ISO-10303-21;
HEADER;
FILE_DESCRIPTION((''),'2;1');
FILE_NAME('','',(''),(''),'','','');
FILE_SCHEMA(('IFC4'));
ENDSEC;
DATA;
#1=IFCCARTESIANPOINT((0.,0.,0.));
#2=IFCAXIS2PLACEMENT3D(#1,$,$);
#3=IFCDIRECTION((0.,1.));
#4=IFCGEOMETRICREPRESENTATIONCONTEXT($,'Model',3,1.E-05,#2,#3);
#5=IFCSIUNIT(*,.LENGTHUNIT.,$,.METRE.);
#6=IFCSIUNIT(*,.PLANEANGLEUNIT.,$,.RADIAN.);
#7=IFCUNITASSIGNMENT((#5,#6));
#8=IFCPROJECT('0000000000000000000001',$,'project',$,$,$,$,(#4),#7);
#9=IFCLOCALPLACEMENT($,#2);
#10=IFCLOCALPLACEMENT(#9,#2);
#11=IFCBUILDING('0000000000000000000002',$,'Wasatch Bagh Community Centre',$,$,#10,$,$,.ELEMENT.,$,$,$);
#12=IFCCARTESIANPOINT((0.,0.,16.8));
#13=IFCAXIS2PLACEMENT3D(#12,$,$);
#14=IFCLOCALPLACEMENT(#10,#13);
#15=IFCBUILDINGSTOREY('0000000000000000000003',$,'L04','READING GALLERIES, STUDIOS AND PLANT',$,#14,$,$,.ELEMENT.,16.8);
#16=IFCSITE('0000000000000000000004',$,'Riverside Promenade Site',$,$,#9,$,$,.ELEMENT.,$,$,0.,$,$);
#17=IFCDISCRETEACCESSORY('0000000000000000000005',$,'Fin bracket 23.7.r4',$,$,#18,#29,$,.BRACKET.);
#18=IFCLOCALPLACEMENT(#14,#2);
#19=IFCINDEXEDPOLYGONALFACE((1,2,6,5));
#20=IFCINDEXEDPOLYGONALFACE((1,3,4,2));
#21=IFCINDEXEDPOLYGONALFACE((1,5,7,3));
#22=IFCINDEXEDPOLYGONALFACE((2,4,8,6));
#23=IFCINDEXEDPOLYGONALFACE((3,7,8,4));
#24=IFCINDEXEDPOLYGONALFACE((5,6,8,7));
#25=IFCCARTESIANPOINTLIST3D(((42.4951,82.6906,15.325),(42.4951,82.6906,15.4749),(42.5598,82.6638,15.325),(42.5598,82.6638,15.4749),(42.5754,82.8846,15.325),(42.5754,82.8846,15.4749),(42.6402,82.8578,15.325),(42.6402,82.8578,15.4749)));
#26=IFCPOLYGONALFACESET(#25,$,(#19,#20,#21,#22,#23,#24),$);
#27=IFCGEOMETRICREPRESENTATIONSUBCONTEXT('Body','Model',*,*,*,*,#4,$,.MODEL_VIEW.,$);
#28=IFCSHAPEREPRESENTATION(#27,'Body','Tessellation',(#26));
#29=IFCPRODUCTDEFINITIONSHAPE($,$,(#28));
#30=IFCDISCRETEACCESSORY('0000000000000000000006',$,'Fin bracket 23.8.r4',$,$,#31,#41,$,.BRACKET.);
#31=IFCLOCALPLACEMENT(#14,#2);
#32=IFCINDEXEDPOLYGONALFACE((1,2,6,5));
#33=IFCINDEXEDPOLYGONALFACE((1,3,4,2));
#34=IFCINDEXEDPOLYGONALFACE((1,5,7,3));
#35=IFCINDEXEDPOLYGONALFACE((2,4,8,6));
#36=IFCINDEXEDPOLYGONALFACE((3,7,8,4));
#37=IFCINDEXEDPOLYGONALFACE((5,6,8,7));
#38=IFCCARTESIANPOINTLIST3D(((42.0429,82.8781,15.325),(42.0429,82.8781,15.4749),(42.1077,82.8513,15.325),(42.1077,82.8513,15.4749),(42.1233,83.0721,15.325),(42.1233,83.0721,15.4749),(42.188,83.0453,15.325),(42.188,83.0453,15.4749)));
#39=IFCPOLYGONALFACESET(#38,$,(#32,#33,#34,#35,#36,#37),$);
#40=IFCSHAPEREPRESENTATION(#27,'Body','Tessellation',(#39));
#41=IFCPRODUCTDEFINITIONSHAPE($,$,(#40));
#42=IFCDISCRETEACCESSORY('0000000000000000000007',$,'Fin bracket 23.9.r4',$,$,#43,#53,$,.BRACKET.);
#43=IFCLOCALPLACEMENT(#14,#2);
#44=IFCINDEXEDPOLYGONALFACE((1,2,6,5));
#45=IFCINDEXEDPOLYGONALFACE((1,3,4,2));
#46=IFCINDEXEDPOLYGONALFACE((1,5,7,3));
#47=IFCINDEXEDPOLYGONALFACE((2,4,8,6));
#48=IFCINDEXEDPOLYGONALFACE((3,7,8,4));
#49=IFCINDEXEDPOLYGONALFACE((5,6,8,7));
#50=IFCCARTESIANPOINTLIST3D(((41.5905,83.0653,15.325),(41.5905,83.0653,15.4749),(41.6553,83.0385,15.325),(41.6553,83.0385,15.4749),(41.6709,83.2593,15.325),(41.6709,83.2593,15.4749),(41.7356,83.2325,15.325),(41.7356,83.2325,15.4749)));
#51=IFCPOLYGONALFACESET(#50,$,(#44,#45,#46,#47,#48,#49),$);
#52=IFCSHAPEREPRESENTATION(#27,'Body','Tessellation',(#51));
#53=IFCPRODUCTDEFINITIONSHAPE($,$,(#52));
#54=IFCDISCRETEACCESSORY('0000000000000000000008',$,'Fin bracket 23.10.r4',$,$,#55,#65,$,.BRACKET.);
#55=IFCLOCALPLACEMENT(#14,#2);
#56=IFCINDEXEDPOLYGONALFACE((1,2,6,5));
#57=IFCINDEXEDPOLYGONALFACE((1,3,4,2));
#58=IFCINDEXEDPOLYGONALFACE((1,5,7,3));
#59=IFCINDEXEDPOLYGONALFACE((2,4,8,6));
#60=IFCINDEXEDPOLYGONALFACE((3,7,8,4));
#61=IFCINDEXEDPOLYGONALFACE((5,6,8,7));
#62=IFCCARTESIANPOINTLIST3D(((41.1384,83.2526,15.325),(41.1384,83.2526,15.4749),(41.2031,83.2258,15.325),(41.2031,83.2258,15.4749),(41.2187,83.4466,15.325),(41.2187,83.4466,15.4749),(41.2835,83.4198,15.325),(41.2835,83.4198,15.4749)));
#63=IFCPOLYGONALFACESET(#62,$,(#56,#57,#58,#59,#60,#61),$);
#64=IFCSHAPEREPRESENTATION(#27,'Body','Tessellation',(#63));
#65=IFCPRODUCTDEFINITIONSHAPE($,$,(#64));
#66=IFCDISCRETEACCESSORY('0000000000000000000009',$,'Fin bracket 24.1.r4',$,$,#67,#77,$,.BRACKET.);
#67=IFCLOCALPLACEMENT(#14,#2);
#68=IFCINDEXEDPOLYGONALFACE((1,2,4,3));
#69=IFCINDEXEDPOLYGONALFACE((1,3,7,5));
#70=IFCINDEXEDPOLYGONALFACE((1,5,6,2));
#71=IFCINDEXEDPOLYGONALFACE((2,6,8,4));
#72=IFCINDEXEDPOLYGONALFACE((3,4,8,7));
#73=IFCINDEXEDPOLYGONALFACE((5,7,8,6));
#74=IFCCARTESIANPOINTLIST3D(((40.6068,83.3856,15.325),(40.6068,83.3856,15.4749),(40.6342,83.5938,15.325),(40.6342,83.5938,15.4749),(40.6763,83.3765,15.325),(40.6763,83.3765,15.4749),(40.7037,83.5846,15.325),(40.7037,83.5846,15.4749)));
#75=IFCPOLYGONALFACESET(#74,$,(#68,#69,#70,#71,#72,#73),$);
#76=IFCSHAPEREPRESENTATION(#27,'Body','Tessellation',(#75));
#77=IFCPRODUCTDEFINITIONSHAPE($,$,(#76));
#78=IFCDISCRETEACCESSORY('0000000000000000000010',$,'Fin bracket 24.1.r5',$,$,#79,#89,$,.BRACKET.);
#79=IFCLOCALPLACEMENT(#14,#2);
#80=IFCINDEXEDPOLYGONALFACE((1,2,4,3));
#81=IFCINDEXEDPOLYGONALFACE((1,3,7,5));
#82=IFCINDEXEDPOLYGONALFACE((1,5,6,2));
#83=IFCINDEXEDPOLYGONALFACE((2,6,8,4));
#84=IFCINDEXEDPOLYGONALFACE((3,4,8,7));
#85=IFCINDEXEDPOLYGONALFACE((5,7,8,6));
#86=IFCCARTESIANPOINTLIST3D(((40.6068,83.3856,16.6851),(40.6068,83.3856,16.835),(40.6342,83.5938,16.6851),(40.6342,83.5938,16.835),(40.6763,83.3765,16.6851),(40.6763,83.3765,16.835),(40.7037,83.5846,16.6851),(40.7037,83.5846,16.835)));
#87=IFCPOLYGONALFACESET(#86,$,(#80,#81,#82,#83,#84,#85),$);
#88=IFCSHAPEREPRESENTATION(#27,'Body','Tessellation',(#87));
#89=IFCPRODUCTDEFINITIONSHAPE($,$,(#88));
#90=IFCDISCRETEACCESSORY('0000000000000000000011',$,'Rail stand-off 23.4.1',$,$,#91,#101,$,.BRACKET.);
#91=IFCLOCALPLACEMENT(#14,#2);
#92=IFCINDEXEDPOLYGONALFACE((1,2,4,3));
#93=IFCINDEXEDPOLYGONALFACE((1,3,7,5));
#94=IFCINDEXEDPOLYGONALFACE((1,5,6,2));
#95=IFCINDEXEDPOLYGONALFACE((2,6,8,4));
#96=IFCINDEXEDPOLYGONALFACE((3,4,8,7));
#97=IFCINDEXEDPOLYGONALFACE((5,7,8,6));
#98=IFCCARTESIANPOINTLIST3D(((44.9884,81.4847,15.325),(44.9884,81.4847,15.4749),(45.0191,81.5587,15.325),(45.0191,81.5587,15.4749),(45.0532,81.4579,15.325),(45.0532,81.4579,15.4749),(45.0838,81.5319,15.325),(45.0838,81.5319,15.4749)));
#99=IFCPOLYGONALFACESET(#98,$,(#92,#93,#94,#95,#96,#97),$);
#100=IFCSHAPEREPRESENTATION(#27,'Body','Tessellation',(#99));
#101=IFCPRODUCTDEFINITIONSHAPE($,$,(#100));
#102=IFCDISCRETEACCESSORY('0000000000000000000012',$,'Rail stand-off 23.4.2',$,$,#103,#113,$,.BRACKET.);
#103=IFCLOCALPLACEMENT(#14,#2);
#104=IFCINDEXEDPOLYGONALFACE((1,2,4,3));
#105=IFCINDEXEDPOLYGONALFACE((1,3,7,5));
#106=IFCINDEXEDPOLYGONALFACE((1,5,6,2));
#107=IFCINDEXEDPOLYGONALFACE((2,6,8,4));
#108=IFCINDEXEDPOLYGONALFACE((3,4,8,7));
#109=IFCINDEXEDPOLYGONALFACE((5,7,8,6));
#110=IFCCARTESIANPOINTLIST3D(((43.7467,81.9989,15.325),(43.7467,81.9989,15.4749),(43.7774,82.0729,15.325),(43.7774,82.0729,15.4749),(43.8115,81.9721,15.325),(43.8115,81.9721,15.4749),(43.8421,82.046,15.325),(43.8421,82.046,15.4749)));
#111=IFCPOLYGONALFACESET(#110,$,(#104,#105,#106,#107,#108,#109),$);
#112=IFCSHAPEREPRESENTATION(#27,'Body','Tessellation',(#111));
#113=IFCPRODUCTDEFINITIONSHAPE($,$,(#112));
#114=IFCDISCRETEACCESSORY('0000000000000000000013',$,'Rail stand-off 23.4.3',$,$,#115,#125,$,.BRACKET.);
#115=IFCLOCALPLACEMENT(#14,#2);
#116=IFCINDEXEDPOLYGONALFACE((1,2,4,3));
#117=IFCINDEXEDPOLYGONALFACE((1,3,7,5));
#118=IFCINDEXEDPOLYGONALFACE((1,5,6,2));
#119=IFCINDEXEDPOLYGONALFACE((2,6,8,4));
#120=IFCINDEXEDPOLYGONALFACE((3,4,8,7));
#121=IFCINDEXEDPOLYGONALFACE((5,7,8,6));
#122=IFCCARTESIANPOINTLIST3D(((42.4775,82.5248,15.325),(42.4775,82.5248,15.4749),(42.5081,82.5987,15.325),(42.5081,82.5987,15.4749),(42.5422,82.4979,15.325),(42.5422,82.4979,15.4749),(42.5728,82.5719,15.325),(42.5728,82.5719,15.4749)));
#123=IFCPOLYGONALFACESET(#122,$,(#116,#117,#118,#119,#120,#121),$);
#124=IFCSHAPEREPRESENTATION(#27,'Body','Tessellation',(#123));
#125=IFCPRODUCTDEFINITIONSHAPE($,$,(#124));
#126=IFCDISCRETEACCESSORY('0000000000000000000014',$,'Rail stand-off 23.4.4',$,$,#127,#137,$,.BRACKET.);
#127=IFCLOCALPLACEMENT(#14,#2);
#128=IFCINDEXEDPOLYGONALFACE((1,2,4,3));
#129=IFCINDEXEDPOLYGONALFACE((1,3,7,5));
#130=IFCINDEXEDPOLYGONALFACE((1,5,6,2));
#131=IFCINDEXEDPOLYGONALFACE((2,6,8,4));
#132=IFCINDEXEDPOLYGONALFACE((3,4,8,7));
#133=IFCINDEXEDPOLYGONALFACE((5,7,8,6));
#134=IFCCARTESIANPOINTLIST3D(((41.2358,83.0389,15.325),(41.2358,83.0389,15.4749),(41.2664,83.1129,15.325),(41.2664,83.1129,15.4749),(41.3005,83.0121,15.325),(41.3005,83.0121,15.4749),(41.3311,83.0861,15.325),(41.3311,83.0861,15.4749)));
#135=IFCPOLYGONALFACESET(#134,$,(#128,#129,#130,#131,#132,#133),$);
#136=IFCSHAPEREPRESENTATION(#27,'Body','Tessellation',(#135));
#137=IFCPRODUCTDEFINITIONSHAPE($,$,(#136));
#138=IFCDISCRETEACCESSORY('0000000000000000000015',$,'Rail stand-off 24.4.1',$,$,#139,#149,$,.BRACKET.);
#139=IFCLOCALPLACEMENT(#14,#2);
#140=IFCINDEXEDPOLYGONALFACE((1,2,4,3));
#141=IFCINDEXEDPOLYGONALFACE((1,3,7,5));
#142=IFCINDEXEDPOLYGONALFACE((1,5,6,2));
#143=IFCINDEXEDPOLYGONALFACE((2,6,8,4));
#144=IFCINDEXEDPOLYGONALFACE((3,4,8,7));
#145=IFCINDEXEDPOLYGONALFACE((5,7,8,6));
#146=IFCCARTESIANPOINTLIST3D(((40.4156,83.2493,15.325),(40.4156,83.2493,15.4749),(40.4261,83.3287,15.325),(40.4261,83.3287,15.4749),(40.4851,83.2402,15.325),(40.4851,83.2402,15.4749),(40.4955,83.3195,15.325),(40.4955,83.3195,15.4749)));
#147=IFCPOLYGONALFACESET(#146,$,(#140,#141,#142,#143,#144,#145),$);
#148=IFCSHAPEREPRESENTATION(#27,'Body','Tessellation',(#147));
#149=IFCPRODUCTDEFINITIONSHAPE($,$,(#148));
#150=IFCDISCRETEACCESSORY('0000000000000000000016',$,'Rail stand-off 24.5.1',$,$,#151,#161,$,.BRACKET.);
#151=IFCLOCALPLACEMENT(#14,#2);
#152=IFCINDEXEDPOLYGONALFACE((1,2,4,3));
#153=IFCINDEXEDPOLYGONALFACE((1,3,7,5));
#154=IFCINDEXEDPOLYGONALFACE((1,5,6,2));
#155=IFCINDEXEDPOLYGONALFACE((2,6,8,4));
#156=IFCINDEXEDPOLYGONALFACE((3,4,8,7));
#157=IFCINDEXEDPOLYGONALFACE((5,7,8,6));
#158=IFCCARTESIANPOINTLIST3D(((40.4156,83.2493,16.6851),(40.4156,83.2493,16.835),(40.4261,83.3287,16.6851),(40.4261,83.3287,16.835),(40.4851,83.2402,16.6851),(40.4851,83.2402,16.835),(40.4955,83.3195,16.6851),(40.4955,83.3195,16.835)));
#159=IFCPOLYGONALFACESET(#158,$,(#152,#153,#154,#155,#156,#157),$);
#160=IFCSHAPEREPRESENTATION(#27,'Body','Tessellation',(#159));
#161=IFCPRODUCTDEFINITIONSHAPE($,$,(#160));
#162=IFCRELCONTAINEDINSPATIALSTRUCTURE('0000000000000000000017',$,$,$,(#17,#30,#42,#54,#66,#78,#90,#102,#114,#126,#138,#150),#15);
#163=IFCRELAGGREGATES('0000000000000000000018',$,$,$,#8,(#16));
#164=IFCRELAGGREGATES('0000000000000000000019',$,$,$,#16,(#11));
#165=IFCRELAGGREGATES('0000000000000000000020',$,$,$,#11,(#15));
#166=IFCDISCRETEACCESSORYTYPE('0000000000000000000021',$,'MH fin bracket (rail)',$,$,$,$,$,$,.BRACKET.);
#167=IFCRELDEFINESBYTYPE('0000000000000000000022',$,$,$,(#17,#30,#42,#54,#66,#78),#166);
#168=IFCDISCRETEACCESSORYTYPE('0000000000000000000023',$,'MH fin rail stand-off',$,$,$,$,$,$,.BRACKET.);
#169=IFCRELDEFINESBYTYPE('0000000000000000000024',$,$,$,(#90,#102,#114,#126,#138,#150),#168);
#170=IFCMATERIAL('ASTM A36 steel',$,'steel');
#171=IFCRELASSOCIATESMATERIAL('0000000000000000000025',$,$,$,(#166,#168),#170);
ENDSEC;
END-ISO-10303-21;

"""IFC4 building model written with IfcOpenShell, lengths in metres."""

from ifc_helpers import new_model, si_unit, direction, frame, origin, origin_2d, place, context, subcontext, project, spatial, rectangle, extrude, material, type_object, element, save


model = new_model("IFC4")

# Units and contexts
model_context = context("Model", 3, precision=1e-05, world=origin(), true_north=direction((0.0, 1.0)))
body_context = subcontext(model_context, "Body", "Model", "MODEL_VIEW")
ifc_project = project(units=[si_unit("LENGTHUNIT", "METRE"), si_unit("PLANEANGLEUNIT", "RADIAN")], contexts=[model_context])

# Site, building, storey
site_placement = place(None, origin())
site = spatial("IfcSite", under=ifc_project, at=site_placement, Name="Riverside Promenade Site", CompositionType="ELEMENT", RefElevation=0.0)
building_placement = place(site_placement, origin())
building = spatial("IfcBuilding", under=site, at=building_placement, Name="Wasatch Bagh Community Centre", CompositionType="ELEMENT")
storey_placement = place(building_placement, frame((0.0, 0.0, 16.8)))
storey = spatial("IfcBuildingStorey", under=building, at=storey_placement, Name="L04", Description="READING GALLERIES, STUDIOS AND PLANT", CompositionType="ELEMENT", Elevation=16.8)

# Discrete accessories
ifc_material_1 = material(Name="ASTM A36 steel", Category="steel")
discrete_accessory_type_1 = type_object("IfcDiscreteAccessoryType", Name="MH fin bracket (rail)", PredefinedType="BRACKET", material=ifc_material_1)
for number, where, z_axis, x_axis, name in (
    (1, (42.5676, 82.7742, 15.325), (0.0, 0.0, 1.0), (-0.92388, 0.382683, 0.0), "Fin bracket 23.7.r4"),
    (2, (42.1155, 82.9617, 15.325), (0.0, 0.0, 1.0), (-0.92388, 0.382683, 0.0), "Fin bracket 23.8.r4"),
    (3, (41.6631, 83.1489, 15.325), (0.0, 0.0, 1.0), (-0.92388, 0.382683, 0.0), "Fin bracket 23.9.r4"),
    (4, (41.2109, 83.3362, 15.325), (0.0, 0.0, 1.0), (-0.92388, 0.382683, 0.0), "Fin bracket 23.10.r4"),
    (5, (40.6553, 83.4851, 15.325), (0.0, 0.0, 1.0), (-0.991445, 0.130526, 0.0), "Fin bracket 24.1.r4"),
    (6, (40.6553, 83.4851, 16.6851), (0.0, 0.0, 1.0), (-0.991445, 0.130526, 0.0), "Fin bracket 24.1.r5"),
):
    element("IfcDiscreteAccessory", number, at=place(storey_placement, frame(where, z_axis=z_axis, x_axis=x_axis)), inside=storey, type_object=discrete_accessory_type_1, Name=name, PredefinedType="BRACKET", context=body_context, shape_type="SweptSolid", body=[
        extrude(rectangle(XDim=0.0701, YDim=0.21, at=origin_2d()), origin(), (0.0, 0.0, 1.0), 0.1499),
    ])
discrete_accessory_type_2 = type_object("IfcDiscreteAccessoryType", Name="MH fin rail stand-off", PredefinedType="BRACKET", material=ifc_material_1)
for number, where, z_axis, x_axis, name in (
    (7, (45.0361, 81.5083, 15.325), (0.0, 0.0, 1.0), (-0.92388, 0.382683, 0.0), "Rail stand-off 23.4.1"),
    (8, (43.7944, 82.0225, 15.325), (0.0, 0.0, 1.0), (-0.92388, 0.382683, 0.0), "Rail stand-off 23.4.2"),
    (9, (42.5251, 82.5483, 15.325), (0.0, 0.0, 1.0), (-0.92388, 0.382683, 0.0), "Rail stand-off 23.4.3"),
    (10, (41.2834, 83.0625, 15.325), (0.0, 0.0, 1.0), (-0.92388, 0.382683, 0.0), "Rail stand-off 23.4.4"),
    (11, (40.4556, 83.2844, 15.325), (0.0, 0.0, 1.0), (-0.991445, 0.130526, 0.0), "Rail stand-off 24.4.1"),
    (12, (40.4556, 83.2844, 16.6851), (0.0, 0.0, 1.0), (-0.991445, 0.130526, 0.0), "Rail stand-off 24.5.1"),
):
    element("IfcDiscreteAccessory", number, at=place(storey_placement, frame(where, z_axis=z_axis, x_axis=x_axis)), inside=storey, type_object=discrete_accessory_type_2, Name=name, PredefinedType="BRACKET", context=body_context, shape_type="SweptSolid", body=[
        extrude(rectangle(XDim=0.0701, YDim=0.0801, at=origin_2d()), origin(), (0.0, 0.0, 1.0), 0.1499),
    ])

save(model, "model.ifc")
